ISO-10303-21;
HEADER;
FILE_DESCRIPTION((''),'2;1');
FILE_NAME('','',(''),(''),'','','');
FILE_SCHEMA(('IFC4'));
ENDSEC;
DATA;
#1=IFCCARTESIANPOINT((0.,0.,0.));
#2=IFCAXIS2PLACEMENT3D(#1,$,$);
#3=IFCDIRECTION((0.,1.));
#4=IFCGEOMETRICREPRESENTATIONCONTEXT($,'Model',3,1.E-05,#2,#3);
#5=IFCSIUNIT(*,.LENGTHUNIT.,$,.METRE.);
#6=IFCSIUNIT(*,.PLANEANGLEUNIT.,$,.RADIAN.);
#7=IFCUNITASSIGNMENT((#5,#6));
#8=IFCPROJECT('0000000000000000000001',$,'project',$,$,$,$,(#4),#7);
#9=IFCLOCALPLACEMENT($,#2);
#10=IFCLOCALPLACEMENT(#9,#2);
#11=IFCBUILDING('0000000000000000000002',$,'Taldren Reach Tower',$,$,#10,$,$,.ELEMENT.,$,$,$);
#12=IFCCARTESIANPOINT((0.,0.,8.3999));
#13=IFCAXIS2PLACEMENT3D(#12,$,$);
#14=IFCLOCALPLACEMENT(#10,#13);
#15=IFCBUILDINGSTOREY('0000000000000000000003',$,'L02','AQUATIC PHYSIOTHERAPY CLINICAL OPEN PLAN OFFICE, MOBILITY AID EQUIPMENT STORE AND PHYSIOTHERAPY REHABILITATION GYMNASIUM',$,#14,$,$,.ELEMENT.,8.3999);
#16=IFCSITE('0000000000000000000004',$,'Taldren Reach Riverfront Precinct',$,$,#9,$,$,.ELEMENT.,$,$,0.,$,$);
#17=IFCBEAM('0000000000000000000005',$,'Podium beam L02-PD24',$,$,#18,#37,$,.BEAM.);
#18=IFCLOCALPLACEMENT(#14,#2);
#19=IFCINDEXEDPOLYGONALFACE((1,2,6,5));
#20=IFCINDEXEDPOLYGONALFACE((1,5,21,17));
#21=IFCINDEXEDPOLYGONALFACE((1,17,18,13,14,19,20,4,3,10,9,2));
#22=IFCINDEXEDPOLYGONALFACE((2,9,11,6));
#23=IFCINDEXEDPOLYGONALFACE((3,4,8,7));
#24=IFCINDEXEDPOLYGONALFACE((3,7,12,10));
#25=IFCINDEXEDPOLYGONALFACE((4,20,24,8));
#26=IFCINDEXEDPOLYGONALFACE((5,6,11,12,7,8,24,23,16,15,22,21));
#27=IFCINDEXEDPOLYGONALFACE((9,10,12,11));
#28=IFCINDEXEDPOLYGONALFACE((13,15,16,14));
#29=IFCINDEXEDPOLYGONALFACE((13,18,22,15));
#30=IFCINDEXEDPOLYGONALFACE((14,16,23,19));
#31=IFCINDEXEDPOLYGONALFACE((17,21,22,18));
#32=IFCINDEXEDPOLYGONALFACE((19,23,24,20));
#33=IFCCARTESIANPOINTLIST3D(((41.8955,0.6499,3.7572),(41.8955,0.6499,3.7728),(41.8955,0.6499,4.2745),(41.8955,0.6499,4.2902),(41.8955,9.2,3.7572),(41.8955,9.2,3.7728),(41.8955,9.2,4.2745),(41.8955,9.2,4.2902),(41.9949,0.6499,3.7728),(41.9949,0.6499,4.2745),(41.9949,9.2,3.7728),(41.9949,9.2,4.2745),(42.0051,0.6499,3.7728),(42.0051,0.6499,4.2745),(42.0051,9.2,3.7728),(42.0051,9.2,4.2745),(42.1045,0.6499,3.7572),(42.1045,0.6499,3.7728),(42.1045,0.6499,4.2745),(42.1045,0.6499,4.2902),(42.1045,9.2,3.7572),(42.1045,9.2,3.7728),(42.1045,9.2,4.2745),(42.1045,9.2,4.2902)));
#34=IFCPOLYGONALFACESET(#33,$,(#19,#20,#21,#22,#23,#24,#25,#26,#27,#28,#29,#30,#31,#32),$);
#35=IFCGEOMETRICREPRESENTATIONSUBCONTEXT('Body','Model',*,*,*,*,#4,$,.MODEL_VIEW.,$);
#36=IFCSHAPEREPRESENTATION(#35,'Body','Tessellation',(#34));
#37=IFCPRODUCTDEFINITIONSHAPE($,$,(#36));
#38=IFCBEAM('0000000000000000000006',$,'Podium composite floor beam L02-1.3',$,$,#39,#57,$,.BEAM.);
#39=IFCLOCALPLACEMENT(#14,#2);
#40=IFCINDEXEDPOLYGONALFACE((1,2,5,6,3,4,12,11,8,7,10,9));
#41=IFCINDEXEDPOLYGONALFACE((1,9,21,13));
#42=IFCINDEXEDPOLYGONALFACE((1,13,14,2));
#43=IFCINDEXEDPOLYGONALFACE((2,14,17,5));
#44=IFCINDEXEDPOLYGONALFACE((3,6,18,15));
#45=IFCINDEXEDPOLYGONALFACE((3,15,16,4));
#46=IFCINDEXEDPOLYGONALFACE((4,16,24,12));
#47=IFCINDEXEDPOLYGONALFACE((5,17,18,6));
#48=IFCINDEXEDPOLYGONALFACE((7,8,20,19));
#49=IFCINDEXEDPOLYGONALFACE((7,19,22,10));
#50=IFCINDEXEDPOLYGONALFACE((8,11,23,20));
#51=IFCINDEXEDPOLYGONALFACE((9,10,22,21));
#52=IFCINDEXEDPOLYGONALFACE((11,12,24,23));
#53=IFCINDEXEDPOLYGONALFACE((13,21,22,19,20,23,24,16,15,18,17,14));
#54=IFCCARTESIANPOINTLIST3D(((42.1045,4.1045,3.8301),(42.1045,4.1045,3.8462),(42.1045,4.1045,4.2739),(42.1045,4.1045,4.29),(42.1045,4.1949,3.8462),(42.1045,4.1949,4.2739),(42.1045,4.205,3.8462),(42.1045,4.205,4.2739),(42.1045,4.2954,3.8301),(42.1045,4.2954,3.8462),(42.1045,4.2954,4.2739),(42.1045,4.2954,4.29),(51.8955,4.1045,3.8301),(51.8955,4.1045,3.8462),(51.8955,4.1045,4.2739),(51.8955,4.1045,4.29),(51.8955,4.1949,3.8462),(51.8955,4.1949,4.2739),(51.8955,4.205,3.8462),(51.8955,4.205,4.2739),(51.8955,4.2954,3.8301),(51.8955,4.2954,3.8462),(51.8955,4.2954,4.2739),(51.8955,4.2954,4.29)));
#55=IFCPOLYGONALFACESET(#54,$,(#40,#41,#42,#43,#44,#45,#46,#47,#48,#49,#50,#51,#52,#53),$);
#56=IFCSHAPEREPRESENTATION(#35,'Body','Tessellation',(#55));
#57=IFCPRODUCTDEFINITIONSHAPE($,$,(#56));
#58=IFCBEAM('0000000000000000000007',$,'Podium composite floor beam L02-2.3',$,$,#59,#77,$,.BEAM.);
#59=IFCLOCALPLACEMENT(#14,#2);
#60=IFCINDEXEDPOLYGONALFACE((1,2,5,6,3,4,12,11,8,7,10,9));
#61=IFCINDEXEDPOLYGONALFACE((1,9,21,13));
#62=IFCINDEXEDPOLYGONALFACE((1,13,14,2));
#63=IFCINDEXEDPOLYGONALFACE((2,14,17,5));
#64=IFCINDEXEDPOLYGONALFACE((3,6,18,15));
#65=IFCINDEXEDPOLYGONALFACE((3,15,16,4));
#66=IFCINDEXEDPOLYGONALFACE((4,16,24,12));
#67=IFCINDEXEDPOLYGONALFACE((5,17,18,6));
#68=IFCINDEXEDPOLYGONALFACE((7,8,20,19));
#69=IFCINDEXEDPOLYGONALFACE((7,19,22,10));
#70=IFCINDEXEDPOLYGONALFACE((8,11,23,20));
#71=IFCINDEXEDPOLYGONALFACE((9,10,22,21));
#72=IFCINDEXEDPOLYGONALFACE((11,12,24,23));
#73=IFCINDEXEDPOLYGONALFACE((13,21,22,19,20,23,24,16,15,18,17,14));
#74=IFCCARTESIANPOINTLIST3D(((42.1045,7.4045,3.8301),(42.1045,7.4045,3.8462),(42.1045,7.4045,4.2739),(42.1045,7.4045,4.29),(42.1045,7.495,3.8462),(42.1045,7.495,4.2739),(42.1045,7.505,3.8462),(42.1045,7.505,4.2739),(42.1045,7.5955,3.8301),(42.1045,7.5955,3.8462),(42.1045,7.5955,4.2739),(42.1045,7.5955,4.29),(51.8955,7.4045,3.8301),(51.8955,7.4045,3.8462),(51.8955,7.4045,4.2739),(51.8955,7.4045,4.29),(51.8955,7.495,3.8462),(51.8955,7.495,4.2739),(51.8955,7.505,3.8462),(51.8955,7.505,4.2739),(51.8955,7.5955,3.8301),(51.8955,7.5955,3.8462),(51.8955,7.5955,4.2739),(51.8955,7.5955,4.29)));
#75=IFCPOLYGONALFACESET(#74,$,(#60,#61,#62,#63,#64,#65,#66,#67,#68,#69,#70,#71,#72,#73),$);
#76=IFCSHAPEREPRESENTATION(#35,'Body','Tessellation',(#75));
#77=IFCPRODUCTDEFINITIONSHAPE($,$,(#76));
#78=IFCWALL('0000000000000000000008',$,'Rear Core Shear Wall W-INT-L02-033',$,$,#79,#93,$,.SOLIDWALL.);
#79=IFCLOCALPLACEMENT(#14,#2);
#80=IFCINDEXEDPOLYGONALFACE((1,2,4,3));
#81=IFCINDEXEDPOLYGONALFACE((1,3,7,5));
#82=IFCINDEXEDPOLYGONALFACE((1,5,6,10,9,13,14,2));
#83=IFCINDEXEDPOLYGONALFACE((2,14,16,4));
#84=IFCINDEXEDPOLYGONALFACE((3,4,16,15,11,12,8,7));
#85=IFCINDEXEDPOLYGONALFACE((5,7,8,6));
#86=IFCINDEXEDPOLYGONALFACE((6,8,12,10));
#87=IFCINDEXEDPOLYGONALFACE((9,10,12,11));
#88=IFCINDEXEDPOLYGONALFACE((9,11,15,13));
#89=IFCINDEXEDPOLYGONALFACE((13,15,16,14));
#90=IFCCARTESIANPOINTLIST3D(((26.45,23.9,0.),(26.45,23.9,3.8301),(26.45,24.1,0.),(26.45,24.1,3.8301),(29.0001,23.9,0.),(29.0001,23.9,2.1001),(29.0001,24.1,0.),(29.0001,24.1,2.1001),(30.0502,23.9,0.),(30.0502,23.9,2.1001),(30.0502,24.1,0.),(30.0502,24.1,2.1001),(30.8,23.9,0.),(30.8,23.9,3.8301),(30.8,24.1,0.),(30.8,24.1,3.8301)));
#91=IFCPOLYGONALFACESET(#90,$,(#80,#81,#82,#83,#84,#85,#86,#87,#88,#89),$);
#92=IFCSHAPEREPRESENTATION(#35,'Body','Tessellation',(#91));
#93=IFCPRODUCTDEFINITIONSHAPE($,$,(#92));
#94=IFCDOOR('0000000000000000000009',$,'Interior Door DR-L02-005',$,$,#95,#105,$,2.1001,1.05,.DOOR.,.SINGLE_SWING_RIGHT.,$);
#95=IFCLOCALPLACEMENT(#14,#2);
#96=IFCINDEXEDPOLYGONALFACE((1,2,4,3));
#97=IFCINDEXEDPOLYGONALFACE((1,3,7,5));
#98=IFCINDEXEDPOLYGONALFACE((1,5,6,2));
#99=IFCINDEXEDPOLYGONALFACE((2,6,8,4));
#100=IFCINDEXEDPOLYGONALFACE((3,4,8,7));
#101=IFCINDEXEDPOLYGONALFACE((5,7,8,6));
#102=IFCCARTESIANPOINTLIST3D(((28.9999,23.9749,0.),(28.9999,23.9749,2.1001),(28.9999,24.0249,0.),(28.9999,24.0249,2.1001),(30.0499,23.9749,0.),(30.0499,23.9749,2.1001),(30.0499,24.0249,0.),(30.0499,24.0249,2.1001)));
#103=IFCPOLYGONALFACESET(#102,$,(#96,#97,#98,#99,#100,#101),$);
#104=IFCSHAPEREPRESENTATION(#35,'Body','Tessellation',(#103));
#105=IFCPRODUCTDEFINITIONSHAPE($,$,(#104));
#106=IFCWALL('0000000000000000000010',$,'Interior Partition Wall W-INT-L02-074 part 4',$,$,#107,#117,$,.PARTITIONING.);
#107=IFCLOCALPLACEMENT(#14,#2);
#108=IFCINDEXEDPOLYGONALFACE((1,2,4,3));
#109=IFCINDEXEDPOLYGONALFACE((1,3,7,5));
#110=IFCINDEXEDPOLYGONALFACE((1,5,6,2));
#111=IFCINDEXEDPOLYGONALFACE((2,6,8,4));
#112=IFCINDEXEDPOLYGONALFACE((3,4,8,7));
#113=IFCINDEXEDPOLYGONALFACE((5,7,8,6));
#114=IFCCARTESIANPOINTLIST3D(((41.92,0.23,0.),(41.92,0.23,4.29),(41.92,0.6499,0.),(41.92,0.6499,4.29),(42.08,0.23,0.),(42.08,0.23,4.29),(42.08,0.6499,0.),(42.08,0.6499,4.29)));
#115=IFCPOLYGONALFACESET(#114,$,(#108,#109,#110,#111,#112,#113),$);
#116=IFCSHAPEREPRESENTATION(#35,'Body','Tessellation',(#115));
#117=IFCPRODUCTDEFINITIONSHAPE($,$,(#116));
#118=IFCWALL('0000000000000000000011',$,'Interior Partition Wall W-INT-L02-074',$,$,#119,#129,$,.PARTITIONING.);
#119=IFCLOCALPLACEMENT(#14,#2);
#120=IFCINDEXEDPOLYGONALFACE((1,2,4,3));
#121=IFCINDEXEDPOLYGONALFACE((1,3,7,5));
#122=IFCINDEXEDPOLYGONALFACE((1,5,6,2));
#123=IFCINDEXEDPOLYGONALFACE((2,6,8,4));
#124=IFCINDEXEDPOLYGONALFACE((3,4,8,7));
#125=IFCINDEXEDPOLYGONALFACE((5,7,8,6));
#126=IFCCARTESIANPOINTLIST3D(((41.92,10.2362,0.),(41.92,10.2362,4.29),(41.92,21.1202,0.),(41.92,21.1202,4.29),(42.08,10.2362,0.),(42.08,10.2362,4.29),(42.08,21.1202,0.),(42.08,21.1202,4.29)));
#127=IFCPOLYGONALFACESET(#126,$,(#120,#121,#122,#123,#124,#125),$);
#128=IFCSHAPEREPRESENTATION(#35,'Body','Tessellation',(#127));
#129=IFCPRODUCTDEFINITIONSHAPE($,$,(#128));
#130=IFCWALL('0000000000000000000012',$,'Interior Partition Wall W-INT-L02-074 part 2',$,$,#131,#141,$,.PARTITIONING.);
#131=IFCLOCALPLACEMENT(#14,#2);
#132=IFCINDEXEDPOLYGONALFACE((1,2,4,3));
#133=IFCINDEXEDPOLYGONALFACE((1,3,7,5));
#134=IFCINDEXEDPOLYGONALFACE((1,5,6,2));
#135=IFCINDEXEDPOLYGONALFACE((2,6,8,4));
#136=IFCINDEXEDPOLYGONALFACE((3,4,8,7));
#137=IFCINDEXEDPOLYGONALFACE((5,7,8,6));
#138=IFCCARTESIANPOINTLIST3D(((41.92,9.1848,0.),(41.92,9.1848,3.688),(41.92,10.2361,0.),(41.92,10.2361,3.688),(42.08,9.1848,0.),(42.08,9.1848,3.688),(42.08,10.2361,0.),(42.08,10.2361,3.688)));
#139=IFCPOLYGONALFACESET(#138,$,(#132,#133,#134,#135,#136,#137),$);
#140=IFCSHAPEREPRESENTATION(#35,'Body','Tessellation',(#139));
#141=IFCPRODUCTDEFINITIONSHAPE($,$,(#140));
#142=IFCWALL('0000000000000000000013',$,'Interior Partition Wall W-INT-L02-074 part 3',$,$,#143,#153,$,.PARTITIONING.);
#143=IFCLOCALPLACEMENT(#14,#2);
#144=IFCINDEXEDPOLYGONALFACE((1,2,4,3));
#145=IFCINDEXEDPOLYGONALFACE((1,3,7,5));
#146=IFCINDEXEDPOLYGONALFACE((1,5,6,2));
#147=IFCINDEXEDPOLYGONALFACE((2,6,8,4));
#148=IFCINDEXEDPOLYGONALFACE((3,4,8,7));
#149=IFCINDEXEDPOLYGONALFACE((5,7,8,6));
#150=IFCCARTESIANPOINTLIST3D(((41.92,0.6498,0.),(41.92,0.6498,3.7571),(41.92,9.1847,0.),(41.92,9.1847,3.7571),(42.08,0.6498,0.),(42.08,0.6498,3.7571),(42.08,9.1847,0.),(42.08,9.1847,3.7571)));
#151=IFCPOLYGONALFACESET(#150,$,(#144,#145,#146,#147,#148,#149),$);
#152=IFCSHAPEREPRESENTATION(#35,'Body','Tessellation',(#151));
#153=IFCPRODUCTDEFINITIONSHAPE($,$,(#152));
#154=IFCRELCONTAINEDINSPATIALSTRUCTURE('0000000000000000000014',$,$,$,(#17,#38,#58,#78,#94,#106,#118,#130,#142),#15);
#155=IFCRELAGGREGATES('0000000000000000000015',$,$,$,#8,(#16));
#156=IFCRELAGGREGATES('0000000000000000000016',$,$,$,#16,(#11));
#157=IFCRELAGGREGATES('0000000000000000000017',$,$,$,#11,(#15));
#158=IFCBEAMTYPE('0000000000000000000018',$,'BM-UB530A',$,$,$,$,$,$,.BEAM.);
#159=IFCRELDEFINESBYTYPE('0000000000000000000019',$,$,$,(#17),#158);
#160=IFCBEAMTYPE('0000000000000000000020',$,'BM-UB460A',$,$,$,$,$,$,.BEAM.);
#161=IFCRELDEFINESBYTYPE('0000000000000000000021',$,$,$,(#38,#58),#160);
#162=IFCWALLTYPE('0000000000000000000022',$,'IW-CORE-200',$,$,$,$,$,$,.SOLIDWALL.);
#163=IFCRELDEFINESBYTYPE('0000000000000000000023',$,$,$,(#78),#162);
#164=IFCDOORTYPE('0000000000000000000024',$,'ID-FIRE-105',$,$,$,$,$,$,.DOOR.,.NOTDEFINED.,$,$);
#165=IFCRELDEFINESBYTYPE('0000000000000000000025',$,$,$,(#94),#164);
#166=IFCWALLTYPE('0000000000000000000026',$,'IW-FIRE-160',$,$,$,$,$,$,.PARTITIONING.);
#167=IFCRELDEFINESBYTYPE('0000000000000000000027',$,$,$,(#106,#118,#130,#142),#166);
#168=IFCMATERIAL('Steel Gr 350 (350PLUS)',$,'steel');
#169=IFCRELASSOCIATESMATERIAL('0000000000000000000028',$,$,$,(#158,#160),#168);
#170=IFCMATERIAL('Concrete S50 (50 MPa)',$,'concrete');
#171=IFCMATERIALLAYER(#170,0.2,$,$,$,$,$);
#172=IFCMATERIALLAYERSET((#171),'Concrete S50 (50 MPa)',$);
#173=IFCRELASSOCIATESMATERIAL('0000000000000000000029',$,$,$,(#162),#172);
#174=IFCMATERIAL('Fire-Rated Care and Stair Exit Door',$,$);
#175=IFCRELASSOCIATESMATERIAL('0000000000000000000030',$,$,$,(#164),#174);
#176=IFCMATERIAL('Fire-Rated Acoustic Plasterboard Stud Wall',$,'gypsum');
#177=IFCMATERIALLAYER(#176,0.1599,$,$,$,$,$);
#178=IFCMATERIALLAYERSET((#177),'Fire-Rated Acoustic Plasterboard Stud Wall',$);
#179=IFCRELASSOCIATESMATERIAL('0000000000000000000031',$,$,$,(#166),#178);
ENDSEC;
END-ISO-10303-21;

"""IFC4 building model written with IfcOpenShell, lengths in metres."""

from ifc_helpers import new_model, si_unit, direction, frame, frame_2d, origin, origin_2d, place, context, subcontext, project, spatial, rectangle, i_section, extrude, source, transform, mapped, material, layer, layer_set, material_profile, profile_set, type_object, element, fill, save


model = new_model("IFC4")

# Units and contexts
model_context = context("Model", 3, precision=1e-05, world=origin(), true_north=direction((0.0, 1.0)))
body_context = subcontext(model_context, "Body", "Model", "MODEL_VIEW")
ifc_project = project(units=[si_unit("LENGTHUNIT", "METRE"), si_unit("PLANEANGLEUNIT", "RADIAN")], contexts=[model_context])

# Site, building, storey
site_placement = place(None, origin())
site = spatial("IfcSite", under=ifc_project, at=site_placement, Name="Taldren Reach Riverfront Precinct", CompositionType="ELEMENT", RefElevation=0.0)
building_placement = place(site_placement, origin())
building = spatial("IfcBuilding", under=site, at=building_placement, Name="Taldren Reach Tower", CompositionType="ELEMENT")
storey_placement = place(building_placement, frame((0.0, 0.0, 8.3999)))
storey = spatial("IfcBuildingStorey", under=building, at=storey_placement, Name="L02", Description="AQUATIC PHYSIOTHERAPY CLINICAL OPEN PLAN OFFICE, MOBILITY AID EQUIPMENT STORE AND PHYSIOTHERAPY REHABILITATION GYMNASIUM", CompositionType="ELEMENT", Elevation=8.3999)

# Shared definitions
ifc_material_1 = material(Name="Steel Gr 350 (350PLUS)", Category="steel")

# Beams
ifc_material_profile_1 = material_profile(ifc_material_1, i_section(OverallWidth=0.209, OverallDepth=0.533, WebThickness=0.0103, FlangeThickness=0.0156, at=origin_2d()), Name="530UB92.4")
ifc_profile_set_1 = profile_set([ifc_material_profile_1], Name="Steel Gr 350 (350PLUS)")
beam_type_1 = type_object("IfcBeamType", Name="BM-UB530A", PredefinedType="BEAM", material=ifc_profile_set_1)
shared_shape_1 = source(origin(), body_context, "Body", "SweptSolid", [
    extrude(i_section(OverallWidth=0.209, OverallDepth=0.533, WebThickness=0.0103, FlangeThickness=0.0156, at=origin_2d()), origin(), (0.0, 0.0, 1.0), 8.55),
])
beam_1_placement = place(storey_placement, frame((42.0, 0.6499, 4.0237), z_axis=(0.0, 1.0, 0.0), x_axis=(-1.0, 0.0, 0.0)))
element("IfcBeam", 1, at=beam_1_placement, inside=storey, type_object=beam_type_1, Name="Podium beam L02-PD24", PredefinedType="BEAM", context=body_context, shape_type="MappedRepresentation", body=[
    mapped(shared_shape_1, transform((0.0, 0.0, 0.0), scale=1.0)),
])
ifc_material_profile_2 = material_profile(ifc_material_1, i_section(OverallWidth=0.1909, OverallDepth=0.46, WebThickness=0.01, FlangeThickness=0.0161, at=origin_2d()), Name="460UB82.1")
ifc_profile_set_2 = profile_set([ifc_material_profile_2], Name="Steel Gr 350 (350PLUS)")
beam_type_2 = type_object("IfcBeamType", Name="BM-UB460A", PredefinedType="BEAM", material=ifc_profile_set_2)
shared_shape_2 = source(origin(), body_context, "Body", "SweptSolid", [
    extrude(i_section(OverallWidth=0.1909, OverallDepth=0.46, WebThickness=0.01, FlangeThickness=0.0161, at=origin_2d()), origin(), (0.0, 0.0, 1.0), 9.791),
])
for number, where, z_axis, x_axis, name in (
    (2, (42.1045, 4.2, 4.0601), (1.0, 0.0, 0.0), (0.0, 1.0, 0.0), "Podium composite floor beam L02-1.3"),
    (3, (42.1045, 7.5, 4.0601), (1.0, 0.0, 0.0), (0.0, 1.0, 0.0), "Podium composite floor beam L02-2.3"),
):
    element("IfcBeam", number, at=place(storey_placement, frame(where, z_axis=z_axis, x_axis=x_axis)), inside=storey, type_object=beam_type_2, Name=name, PredefinedType="BEAM", context=body_context, shape_type="MappedRepresentation", body=[
        mapped(shared_shape_2, transform((0.0, 0.0, 0.0), scale=1.0)),
    ])

# Wall, opening, door
ifc_material_2 = material(Name="Concrete S50 (50 MPa)", Category="concrete")
ifc_layer_1 = layer(ifc_material_2, 0.2)
ifc_layer_set_1 = layer_set([ifc_layer_1], Name="Concrete S50 (50 MPa)")
wall_type_1 = type_object("IfcWallType", Name="IW-CORE-200", PredefinedType="SOLIDWALL", material=ifc_layer_set_1)
shared_shape_3 = source(origin(), body_context, "Body", "SweptSolid", [
    extrude(rectangle(XDim=4.3501, YDim=0.2, at=frame_2d((2.175, 0.0))), origin(), (0.0, 0.0, 1.0), 3.8301),
])
wall_1_placement = place(storey_placement, frame((30.8, 24.0, 0.0), z_axis=(0.0, 0.0, 1.0), x_axis=(-1.0, 0.0, 0.0)))
wall_1 = element("IfcWall", 4, at=wall_1_placement, inside=storey, type_object=wall_type_1, Name="Rear Core Shear Wall W-INT-L02-033", PredefinedType="SOLIDWALL", context=body_context, shape_type="MappedRepresentation", body=[
    mapped(shared_shape_3, transform((0.0, 0.0, 0.0), scale=1.0)),
])
shared_shape_4 = source(origin(), body_context, "Body", "SweptSolid", [
    extrude(rectangle(XDim=1.05, YDim=2.1001, at=frame_2d((0.5249, 1.05))), frame((0.0, 0.1099, 0.0), z_axis=(0.0, -1.0, 0.0), x_axis=(1.0, 0.0, 0.0)), (0.0, 0.0, 1.0), 0.22),
])
opening_1_placement = place(wall_1_placement, frame((0.75, 0.0, 0.0)))
opening_1 = element("IfcOpeningElement", 5, at=opening_1_placement, cuts=wall_1, PredefinedType="OPENING", context=body_context, shape_type="MappedRepresentation", body=[
    mapped(shared_shape_4, transform((0.0, 0.0, 0.0), scale=1.0)),
])
ifc_material_3 = material(Name="Fire-Rated Care and Stair Exit Door")
door_type = type_object("IfcDoorType", Name="ID-FIRE-105", OperationType="NOTDEFINED", PredefinedType="DOOR", material=ifc_material_3)
shared_shape_5 = source(origin(), body_context, "Body", "SweptSolid", [
    extrude(rectangle(XDim=1.05, YDim=2.1001, at=frame_2d((0.5249, 1.05))), frame((0.0, 0.0249, 0.0), z_axis=(0.0, -1.0, 0.0), x_axis=(1.0, 0.0, 0.0)), (0.0, 0.0, 1.0), 0.05),
])
door_1_placement = place(opening_1_placement, frame((1.05, 0.0, 0.0), z_axis=(0.0, 0.0, 1.0), x_axis=(-1.0, 0.0, 0.0)))
door_1 = element("IfcDoor", 6, at=door_1_placement, inside=storey, type_object=door_type, Name="Interior Door DR-L02-005", OperationType="SINGLE_SWING_RIGHT", OverallHeight=2.1001, OverallWidth=1.05, PredefinedType="DOOR", context=body_context, shape_type="MappedRepresentation", body=[
    mapped(shared_shape_5, transform((0.0, 0.0, 0.0), scale=1.0)),
])
fill(opening_1, door_1)

# Walls
ifc_material_4 = material(Name="Fire-Rated Acoustic Plasterboard Stud Wall", Category="gypsum")
ifc_layer_2 = layer(ifc_material_4, 0.1599)
ifc_layer_set_2 = layer_set([ifc_layer_2], Name="Fire-Rated Acoustic Plasterboard Stud Wall")
wall_type_2 = type_object("IfcWallType", Name="IW-FIRE-160", PredefinedType="PARTITIONING", material=ifc_layer_set_2)
shared_shape_6 = source(origin(), body_context, "Body", "SweptSolid", [
    extrude(rectangle(XDim=0.4199, YDim=0.1599, at=frame_2d((0.21, 0.0))), origin(), (0.0, 0.0, 1.0), 4.29),
])
wall_2_placement = place(storey_placement, frame((42.0, 0.6499, 0.0), z_axis=(0.0, 0.0, 1.0), x_axis=(0.0, -1.0, 0.0)))
element("IfcWall", 7, at=wall_2_placement, inside=storey, type_object=wall_type_2, Name="Interior Partition Wall W-INT-L02-074 part 4", PredefinedType="PARTITIONING", context=body_context, shape_type="MappedRepresentation", body=[
    mapped(shared_shape_6, transform((0.0, 0.0, 0.0), scale=1.0)),
])
shared_shape_7 = source(origin(), body_context, "Body", "SweptSolid", [
    extrude(rectangle(XDim=10.884, YDim=0.1599, at=frame_2d((5.4419, 0.0))), origin(), (0.0, 0.0, 1.0), 4.29),
])
wall_3_placement = place(storey_placement, frame((42.0, 21.1201, 0.0), z_axis=(0.0, 0.0, 1.0), x_axis=(0.0, -1.0, 0.0)))
element("IfcWall", 8, at=wall_3_placement, inside=storey, type_object=wall_type_2, Name="Interior Partition Wall W-INT-L02-074", PredefinedType="PARTITIONING", context=body_context, shape_type="MappedRepresentation", body=[
    mapped(shared_shape_7, transform((0.0, 0.0, 0.0), scale=1.0)),
])
shared_shape_8 = source(origin(), body_context, "Body", "SweptSolid", [
    extrude(rectangle(XDim=1.0513, YDim=0.1599, at=frame_2d((0.5256, 0.0))), origin(), (0.0, 0.0, 1.0), 3.688),
])
wall_4_placement = place(storey_placement, frame((42.0, 10.2361, 0.0), z_axis=(0.0, 0.0, 1.0), x_axis=(0.0, -1.0, 0.0)))
element("IfcWall", 9, at=wall_4_placement, inside=storey, type_object=wall_type_2, Name="Interior Partition Wall W-INT-L02-074 part 2", PredefinedType="PARTITIONING", context=body_context, shape_type="MappedRepresentation", body=[
    mapped(shared_shape_8, transform((0.0, 0.0, 0.0), scale=1.0)),
])
shared_shape_9 = source(origin(), body_context, "Body", "SweptSolid", [
    extrude(rectangle(XDim=8.5349, YDim=0.1599, at=frame_2d((4.2676, 0.0))), origin(), (0.0, 0.0, 1.0), 3.7571),
])
wall_5_placement = place(storey_placement, frame((42.0, 9.1848, 0.0), z_axis=(0.0, 0.0, 1.0), x_axis=(0.0, -1.0, 0.0)))
element("IfcWall", 10, at=wall_5_placement, inside=storey, type_object=wall_type_2, Name="Interior Partition Wall W-INT-L02-074 part 3", PredefinedType="PARTITIONING", context=body_context, shape_type="MappedRepresentation", body=[
    mapped(shared_shape_9, transform((0.0, 0.0, 0.0), scale=1.0)),
])

save(model, "model.ifc")
